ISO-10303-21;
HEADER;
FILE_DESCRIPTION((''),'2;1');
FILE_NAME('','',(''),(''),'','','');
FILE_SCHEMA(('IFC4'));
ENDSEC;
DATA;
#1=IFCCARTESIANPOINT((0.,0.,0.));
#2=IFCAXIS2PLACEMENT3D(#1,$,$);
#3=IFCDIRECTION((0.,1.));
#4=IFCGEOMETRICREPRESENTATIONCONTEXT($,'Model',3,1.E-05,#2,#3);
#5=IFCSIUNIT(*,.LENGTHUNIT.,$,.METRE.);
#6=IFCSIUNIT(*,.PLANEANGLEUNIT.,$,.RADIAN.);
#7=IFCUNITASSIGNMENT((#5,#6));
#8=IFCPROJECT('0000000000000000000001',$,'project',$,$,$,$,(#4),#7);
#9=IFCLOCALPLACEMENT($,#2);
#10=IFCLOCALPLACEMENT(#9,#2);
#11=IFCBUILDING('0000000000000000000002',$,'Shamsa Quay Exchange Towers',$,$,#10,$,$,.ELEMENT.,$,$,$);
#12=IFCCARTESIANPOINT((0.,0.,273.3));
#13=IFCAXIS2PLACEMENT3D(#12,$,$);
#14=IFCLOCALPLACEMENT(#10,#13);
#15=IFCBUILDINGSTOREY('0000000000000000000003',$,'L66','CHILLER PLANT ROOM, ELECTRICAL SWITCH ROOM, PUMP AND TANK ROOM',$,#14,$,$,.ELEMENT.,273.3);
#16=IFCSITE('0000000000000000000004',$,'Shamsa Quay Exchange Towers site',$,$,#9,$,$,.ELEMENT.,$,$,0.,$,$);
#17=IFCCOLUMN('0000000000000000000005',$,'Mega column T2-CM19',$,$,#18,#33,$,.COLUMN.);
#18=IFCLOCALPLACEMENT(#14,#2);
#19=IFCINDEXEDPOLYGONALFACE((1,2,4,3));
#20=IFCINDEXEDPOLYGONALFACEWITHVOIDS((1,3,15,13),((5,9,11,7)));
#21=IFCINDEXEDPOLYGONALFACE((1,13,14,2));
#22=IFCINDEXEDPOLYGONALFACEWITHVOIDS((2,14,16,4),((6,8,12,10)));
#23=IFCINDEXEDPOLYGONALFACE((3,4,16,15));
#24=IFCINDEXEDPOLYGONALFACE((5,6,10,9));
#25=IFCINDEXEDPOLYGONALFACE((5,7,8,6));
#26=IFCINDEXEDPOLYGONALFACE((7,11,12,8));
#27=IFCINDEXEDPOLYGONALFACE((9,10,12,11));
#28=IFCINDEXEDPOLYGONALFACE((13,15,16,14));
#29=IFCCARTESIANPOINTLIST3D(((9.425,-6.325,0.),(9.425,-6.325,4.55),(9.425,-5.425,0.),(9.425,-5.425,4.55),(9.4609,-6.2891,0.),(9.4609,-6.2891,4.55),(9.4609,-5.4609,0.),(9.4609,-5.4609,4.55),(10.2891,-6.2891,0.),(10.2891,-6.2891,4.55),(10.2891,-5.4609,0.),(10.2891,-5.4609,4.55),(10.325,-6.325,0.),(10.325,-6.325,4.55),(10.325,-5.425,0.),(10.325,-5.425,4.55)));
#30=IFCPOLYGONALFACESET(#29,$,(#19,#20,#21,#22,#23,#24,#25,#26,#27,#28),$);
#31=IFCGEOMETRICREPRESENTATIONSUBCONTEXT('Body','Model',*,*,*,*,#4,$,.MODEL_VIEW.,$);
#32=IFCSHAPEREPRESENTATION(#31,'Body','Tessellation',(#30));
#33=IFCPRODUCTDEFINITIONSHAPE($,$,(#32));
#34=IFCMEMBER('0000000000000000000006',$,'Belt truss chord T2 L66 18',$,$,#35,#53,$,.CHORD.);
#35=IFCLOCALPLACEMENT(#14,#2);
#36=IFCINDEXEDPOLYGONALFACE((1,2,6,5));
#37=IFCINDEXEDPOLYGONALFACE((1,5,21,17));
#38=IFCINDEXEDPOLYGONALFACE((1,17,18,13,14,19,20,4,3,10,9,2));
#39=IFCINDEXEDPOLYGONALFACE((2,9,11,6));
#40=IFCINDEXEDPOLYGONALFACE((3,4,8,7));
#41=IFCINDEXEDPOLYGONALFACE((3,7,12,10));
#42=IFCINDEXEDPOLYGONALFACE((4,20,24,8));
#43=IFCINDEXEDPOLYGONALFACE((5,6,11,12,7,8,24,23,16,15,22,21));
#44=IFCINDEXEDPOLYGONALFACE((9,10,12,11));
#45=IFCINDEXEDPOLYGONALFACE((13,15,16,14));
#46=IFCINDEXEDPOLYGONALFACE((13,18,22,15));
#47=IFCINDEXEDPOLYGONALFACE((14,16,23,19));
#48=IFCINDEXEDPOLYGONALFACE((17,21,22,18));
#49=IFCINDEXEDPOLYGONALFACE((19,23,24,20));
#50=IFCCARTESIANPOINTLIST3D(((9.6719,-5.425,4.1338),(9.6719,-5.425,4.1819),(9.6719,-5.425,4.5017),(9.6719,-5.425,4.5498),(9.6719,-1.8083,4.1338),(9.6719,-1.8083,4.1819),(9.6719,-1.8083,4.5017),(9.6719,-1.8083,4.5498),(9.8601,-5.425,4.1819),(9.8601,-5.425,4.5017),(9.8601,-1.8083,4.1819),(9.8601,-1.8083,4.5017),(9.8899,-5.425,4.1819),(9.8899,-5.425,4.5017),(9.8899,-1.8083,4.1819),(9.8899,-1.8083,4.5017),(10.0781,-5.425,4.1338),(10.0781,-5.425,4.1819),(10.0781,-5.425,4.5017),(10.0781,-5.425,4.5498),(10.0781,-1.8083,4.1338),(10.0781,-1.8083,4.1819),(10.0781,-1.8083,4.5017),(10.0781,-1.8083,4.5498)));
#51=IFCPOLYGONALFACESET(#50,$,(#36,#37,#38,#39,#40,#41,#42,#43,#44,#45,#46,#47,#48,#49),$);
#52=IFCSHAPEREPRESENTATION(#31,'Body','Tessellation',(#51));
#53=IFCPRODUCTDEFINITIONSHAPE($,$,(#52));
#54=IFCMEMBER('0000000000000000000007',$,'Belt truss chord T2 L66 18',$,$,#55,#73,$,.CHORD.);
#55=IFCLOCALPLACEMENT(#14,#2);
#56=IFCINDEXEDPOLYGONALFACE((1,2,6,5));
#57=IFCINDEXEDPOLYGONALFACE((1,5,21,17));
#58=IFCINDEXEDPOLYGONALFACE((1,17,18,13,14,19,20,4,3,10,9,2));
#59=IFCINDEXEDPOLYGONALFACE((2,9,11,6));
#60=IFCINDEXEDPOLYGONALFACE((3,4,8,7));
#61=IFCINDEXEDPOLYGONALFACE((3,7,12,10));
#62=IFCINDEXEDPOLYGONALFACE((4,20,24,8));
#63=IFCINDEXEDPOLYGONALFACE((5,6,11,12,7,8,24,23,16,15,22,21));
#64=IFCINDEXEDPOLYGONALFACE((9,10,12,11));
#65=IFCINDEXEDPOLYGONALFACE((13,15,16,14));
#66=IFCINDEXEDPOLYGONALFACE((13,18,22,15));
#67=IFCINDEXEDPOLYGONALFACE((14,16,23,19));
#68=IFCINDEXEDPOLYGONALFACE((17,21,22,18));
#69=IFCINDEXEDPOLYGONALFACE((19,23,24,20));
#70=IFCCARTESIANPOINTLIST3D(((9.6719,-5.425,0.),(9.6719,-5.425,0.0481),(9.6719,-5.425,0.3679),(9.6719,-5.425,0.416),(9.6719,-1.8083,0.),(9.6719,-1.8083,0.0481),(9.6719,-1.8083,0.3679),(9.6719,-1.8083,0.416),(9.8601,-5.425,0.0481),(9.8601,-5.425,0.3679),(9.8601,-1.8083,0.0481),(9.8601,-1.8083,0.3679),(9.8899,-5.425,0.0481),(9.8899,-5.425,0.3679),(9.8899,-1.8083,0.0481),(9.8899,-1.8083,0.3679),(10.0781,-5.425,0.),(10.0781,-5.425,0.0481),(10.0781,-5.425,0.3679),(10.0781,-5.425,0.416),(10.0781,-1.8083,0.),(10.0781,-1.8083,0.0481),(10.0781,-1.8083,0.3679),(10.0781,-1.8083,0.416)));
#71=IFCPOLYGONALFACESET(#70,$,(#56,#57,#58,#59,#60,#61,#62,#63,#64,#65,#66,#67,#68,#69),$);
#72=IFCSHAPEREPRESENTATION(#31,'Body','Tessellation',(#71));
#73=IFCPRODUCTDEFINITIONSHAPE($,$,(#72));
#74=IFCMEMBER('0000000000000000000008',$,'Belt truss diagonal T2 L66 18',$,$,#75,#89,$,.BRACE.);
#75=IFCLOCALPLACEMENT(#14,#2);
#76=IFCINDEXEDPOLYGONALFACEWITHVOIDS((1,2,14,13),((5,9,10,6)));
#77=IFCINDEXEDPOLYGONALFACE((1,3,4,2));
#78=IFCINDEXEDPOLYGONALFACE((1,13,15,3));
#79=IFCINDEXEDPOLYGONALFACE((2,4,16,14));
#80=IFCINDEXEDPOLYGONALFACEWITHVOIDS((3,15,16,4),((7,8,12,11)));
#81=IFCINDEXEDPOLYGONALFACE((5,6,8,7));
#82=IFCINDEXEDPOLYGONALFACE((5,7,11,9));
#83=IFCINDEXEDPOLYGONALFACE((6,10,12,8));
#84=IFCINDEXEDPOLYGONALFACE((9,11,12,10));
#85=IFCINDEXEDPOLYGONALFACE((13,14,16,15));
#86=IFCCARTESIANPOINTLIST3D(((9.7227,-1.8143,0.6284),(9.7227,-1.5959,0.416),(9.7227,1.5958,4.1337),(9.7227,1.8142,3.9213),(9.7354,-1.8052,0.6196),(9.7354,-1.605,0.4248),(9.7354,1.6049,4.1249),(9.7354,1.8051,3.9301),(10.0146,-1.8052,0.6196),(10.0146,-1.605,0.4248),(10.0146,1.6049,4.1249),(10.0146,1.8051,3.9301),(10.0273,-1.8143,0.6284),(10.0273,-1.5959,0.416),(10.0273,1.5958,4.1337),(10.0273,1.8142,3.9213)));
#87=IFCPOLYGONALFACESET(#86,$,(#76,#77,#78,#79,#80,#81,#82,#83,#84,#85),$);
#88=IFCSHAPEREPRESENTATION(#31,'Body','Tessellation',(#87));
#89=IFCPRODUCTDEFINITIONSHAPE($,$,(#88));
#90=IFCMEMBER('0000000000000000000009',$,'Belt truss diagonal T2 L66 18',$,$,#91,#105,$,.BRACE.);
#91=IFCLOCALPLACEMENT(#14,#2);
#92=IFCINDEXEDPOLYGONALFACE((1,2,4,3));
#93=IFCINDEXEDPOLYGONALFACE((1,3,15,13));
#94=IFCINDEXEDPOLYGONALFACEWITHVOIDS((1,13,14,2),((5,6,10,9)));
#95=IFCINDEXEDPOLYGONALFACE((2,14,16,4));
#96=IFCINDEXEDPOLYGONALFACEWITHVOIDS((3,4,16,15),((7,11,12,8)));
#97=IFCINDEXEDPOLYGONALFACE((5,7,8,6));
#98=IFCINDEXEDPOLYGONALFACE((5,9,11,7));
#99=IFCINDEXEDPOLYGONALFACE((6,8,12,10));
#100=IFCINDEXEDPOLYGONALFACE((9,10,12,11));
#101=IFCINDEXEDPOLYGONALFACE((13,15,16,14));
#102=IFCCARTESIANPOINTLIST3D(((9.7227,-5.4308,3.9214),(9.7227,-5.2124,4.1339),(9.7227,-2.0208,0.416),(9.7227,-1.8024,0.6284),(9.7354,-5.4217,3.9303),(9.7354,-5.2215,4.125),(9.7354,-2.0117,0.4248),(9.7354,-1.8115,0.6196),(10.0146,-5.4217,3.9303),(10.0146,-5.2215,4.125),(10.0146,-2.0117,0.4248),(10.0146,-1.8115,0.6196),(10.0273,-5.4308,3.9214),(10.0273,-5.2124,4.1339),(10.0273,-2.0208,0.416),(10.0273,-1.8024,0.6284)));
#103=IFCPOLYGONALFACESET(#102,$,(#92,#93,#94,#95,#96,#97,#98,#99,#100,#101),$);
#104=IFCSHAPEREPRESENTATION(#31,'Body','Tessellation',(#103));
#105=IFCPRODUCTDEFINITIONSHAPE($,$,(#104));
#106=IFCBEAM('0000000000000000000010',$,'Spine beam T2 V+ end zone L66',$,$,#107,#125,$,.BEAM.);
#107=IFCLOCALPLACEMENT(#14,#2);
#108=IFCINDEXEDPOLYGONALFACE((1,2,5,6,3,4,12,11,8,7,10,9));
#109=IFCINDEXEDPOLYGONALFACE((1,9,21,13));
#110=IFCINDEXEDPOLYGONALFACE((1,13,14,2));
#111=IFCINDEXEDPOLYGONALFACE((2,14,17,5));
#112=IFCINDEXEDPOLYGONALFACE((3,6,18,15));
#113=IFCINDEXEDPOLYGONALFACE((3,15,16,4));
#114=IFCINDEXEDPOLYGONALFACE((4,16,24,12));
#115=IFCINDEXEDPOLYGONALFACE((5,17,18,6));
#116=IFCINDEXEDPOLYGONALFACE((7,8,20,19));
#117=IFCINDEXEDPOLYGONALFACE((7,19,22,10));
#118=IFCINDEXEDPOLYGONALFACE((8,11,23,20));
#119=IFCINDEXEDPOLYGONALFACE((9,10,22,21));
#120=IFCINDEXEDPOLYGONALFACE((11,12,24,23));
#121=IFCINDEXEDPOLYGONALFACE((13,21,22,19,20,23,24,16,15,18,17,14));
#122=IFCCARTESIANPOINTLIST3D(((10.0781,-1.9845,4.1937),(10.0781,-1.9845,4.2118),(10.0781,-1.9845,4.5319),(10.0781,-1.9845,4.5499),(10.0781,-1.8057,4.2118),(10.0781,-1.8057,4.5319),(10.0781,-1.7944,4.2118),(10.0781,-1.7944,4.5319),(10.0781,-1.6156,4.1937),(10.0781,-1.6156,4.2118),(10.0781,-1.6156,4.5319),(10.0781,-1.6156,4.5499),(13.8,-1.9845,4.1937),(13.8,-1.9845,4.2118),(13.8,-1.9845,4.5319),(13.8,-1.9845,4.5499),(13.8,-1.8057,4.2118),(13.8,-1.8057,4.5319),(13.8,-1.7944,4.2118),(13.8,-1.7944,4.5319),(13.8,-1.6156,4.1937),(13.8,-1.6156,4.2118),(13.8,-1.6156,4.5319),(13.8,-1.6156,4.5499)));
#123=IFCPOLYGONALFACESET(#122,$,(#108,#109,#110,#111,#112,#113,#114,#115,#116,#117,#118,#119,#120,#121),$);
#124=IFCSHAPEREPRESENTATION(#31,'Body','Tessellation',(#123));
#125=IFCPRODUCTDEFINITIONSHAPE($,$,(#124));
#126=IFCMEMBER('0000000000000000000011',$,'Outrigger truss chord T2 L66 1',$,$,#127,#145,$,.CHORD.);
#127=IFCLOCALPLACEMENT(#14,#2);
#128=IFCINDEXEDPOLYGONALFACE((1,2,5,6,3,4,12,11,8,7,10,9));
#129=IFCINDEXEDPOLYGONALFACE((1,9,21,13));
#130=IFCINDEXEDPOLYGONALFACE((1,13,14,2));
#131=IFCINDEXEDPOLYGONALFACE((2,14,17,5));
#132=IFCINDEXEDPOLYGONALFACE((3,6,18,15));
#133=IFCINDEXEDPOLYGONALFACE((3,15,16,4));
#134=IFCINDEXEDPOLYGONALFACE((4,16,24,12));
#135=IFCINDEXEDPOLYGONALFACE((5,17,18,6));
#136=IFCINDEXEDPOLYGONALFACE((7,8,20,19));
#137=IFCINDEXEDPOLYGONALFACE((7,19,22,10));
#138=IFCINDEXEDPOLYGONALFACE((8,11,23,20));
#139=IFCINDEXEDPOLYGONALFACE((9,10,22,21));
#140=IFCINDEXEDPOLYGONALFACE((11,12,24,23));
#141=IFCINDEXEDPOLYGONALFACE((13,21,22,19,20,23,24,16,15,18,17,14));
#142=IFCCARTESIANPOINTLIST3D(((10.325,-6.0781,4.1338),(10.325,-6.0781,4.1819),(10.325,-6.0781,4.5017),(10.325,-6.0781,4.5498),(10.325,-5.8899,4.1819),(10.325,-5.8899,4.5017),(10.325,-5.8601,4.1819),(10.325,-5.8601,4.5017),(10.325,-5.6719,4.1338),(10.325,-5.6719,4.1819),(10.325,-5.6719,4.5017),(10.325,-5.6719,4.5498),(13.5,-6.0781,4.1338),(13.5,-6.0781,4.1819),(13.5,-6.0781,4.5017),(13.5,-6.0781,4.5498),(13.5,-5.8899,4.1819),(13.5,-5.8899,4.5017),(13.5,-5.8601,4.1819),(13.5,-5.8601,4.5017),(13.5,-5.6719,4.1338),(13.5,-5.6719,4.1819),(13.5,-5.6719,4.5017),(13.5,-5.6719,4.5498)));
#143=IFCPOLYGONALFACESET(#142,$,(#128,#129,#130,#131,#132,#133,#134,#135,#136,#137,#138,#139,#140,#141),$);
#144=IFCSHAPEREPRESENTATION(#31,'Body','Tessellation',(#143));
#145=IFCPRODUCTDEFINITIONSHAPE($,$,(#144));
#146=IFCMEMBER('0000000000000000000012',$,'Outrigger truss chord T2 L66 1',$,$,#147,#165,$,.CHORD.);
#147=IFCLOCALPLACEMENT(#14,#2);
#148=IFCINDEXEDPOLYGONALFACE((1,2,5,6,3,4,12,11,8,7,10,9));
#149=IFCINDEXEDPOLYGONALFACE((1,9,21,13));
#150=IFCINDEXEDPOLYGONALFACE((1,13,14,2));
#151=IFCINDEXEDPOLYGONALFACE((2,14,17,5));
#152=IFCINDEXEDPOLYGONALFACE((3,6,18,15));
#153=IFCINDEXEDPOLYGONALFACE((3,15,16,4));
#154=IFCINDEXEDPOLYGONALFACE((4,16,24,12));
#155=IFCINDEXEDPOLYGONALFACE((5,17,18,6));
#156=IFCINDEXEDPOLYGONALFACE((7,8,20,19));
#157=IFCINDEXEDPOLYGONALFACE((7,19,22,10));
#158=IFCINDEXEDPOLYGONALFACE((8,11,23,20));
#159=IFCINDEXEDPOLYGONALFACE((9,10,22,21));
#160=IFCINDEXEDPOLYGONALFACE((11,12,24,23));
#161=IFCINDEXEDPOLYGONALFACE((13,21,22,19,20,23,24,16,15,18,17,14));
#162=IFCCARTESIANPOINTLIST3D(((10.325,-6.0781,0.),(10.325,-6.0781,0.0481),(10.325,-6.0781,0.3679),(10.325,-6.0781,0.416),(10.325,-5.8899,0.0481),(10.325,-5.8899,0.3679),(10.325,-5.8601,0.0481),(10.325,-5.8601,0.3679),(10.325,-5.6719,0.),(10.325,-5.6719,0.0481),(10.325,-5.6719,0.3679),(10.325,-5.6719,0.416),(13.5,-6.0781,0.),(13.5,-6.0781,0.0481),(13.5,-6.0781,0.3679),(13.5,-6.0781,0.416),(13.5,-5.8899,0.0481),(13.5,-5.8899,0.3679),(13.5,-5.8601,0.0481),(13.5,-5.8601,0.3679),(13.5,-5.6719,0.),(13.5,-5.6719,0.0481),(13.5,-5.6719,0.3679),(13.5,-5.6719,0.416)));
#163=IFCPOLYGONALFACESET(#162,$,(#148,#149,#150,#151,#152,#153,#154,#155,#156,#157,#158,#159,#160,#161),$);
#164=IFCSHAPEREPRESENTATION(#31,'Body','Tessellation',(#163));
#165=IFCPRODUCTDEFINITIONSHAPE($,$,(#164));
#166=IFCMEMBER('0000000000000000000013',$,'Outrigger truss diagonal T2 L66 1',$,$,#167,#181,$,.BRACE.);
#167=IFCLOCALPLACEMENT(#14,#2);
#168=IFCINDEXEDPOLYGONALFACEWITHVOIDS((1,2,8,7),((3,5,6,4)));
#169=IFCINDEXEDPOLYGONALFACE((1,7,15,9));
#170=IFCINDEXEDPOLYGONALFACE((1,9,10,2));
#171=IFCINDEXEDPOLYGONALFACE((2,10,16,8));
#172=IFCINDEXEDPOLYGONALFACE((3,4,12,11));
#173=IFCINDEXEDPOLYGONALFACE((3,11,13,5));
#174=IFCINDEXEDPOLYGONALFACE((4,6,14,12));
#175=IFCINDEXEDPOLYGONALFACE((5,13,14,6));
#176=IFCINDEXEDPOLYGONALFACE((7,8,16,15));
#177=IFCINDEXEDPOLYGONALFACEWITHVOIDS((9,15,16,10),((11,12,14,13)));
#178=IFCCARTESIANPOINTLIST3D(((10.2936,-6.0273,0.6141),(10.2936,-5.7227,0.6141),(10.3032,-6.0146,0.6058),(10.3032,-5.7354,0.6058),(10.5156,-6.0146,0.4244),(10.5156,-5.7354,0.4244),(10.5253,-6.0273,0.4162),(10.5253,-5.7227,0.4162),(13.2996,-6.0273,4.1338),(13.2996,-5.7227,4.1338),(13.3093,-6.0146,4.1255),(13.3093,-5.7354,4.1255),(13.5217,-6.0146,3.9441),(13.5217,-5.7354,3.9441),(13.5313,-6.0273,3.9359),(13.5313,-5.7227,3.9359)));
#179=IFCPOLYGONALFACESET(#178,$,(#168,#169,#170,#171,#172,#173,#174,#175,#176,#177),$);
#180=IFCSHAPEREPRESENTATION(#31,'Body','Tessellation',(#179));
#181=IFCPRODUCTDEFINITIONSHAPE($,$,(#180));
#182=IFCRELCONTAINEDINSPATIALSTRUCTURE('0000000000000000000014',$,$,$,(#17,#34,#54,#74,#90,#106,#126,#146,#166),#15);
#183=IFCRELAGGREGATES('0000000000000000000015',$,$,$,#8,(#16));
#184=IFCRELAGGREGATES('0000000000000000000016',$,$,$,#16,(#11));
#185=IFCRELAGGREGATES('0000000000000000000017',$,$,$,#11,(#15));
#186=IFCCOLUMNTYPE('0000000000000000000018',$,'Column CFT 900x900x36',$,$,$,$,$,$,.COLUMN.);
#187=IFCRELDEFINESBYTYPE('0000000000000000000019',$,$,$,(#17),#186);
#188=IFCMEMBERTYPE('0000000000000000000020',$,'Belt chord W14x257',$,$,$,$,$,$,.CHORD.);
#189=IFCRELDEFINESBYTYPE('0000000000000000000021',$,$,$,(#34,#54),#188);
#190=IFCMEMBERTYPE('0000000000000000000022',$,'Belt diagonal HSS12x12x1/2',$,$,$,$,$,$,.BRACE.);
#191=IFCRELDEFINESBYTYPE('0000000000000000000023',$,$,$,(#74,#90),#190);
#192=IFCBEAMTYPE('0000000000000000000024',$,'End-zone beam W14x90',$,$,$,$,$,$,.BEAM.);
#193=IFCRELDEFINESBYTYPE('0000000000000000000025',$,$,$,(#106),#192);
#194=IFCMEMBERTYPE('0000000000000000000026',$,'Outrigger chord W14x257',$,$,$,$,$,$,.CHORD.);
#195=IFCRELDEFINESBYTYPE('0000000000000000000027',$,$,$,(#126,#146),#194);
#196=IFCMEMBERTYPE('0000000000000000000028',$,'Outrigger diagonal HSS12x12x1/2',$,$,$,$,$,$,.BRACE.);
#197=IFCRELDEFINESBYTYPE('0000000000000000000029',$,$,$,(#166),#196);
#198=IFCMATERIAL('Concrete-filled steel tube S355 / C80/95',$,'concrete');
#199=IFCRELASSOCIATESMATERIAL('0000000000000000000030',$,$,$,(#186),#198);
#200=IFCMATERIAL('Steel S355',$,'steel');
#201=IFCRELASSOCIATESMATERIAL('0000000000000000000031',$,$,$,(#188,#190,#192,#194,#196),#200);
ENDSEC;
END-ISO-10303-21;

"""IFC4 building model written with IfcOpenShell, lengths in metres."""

from ifc_helpers import new_model, si_unit, direction, frame, origin, origin_2d, place, context, subcontext, project, spatial, hollow_rectangle, i_section, extrude, material, material_profile, profile_set, type_object, element, save


model = new_model("IFC4")

# Units and contexts
model_context = context("Model", 3, precision=1e-05, world=origin(), true_north=direction((0.0, 1.0)))
body_context = subcontext(model_context, "Body", "Model", "MODEL_VIEW")
ifc_project = project(units=[si_unit("LENGTHUNIT", "METRE"), si_unit("PLANEANGLEUNIT", "RADIAN")], contexts=[model_context])

# Site, building, storey
site_placement = place(None, origin())
site = spatial("IfcSite", under=ifc_project, at=site_placement, Name="Shamsa Quay Exchange Towers site", CompositionType="ELEMENT", RefElevation=0.0)
building_placement = place(site_placement, origin())
building = spatial("IfcBuilding", under=site, at=building_placement, Name="Shamsa Quay Exchange Towers", CompositionType="ELEMENT")
storey_placement = place(building_placement, frame((0.0, 0.0, 273.3)))
storey = spatial("IfcBuildingStorey", under=building, at=storey_placement, Name="L66", Description="CHILLER PLANT ROOM, ELECTRICAL SWITCH ROOM, PUMP AND TANK ROOM", CompositionType="ELEMENT", Elevation=273.3)

# Column
ifc_material_1 = material(Name="Concrete-filled steel tube S355 / C80/95", Category="concrete")
ifc_material_profile_1 = material_profile(ifc_material_1, hollow_rectangle(XDim=0.8999, YDim=0.8999, WallThickness=0.0359, at=origin_2d()), Name="CFT 900x900x36")
ifc_profile_set_1 = profile_set([ifc_material_profile_1], Name="Concrete-filled steel tube S355 / C80/95")
column_type = type_object("IfcColumnType", Name="Column CFT 900x900x36", PredefinedType="COLUMN", material=ifc_profile_set_1)
column_placement = place(storey_placement, frame((9.875, -5.875, 0.0)))
element("IfcColumn", 1, at=column_placement, inside=storey, type_object=column_type, Name="Mega column T2-CM19", PredefinedType="COLUMN", context=body_context, shape_type="SweptSolid", body=[
    extrude(hollow_rectangle(XDim=0.8999, YDim=0.8999, WallThickness=0.0359, at=origin_2d()), origin(), (0.0, 0.0, 1.0), 4.55),
])

# Members
ifc_material_2 = material(Name="Steel S355", Category="steel")
ifc_material_profile_2 = material_profile(ifc_material_2, i_section(OverallWidth=0.4062, OverallDepth=0.416, WebThickness=0.0298, FlangeThickness=0.0481, at=origin_2d()), Name="W14x257")
ifc_profile_set_2 = profile_set([ifc_material_profile_2], Name="Steel S355")
member_type_1 = type_object("IfcMemberType", Name="Belt chord W14x257", PredefinedType="CHORD", material=ifc_profile_set_2)
for number, where, z_axis, x_axis, name in (
    (2, (9.875, -1.8083, 4.3418), (0.0, -1.0, 0.0), (1.0, 0.0, 0.0), "Belt truss chord T2 L66 18"),
    (3, (9.875, -1.8083, 0.208), (0.0, -1.0, 0.0), (1.0, 0.0, 0.0), "Belt truss chord T2 L66 18"),
):
    element("IfcMember", number, at=place(storey_placement, frame(where, z_axis=z_axis, x_axis=x_axis)), inside=storey, type_object=member_type_1, Name=name, PredefinedType="CHORD", context=body_context, shape_type="SweptSolid", body=[
        extrude(i_section(OverallWidth=0.4062, OverallDepth=0.416, WebThickness=0.0298, FlangeThickness=0.0481, at=origin_2d()), origin(), (0.0, 0.0, 1.0), 3.6167),
    ])
ifc_material_profile_3 = material_profile(ifc_material_2, hollow_rectangle(XDim=0.3047, YDim=0.3047, WallThickness=0.0127, at=origin_2d()), Name="HSS12x12x1/2")
ifc_profile_set_3 = profile_set([ifc_material_profile_3], Name="Steel S355")
member_type_2 = type_object("IfcMemberType", Name="Belt diagonal HSS12x12x1/2", PredefinedType="BRACE", material=ifc_profile_set_3)
for number, where, z_axis, x_axis, name in (
    (4, (9.875, -1.7051, 0.5222), (0.0, 0.697305, 0.716774), (-1.0, 0.0, 0.0), "Belt truss diagonal T2 L66 18"),
    (5, (9.875, -1.9116, 0.5222), (0.0, -0.697279, 0.716799), (1.0, 0.0, 0.0), "Belt truss diagonal T2 L66 18"),
):
    element("IfcMember", number, at=place(storey_placement, frame(where, z_axis=z_axis, x_axis=x_axis)), inside=storey, type_object=member_type_2, Name=name, PredefinedType="BRACE", context=body_context, shape_type="SweptSolid", body=[
        extrude(hollow_rectangle(XDim=0.3047, YDim=0.3047, WallThickness=0.0127, at=origin_2d()), origin(), (0.0, 0.0, 1.0), 4.8904),
    ])

# Beam
ifc_material_profile_4 = material_profile(ifc_material_2, i_section(OverallWidth=0.3689, OverallDepth=0.3562, WebThickness=0.0112, FlangeThickness=0.0181, at=origin_2d()), Name="W14x90")
ifc_profile_set_4 = profile_set([ifc_material_profile_4], Name="Steel S355")
beam_type = type_object("IfcBeamType", Name="End-zone beam W14x90", PredefinedType="BEAM", material=ifc_profile_set_4)
beam_placement = place(storey_placement, frame((13.8, -1.8, 4.3718), z_axis=(-1.0, 0.0, 0.0), x_axis=(0.0, -1.0, 0.0)))
element("IfcBeam", 6, at=beam_placement, inside=storey, type_object=beam_type, Name="Spine beam T2 V+ end zone L66", PredefinedType="BEAM", context=body_context, shape_type="SweptSolid", body=[
    extrude(i_section(OverallWidth=0.3689, OverallDepth=0.3562, WebThickness=0.0112, FlangeThickness=0.0181, at=origin_2d()), origin(), (0.0, 0.0, 1.0), 3.7219),
])

# Members
ifc_material_profile_5 = material_profile(ifc_material_2, i_section(OverallWidth=0.4062, OverallDepth=0.416, WebThickness=0.0298, FlangeThickness=0.0481, at=origin_2d()), Name="W14x257")
ifc_profile_set_5 = profile_set([ifc_material_profile_5], Name="Steel S355")
member_type_3 = type_object("IfcMemberType", Name="Outrigger chord W14x257", PredefinedType="CHORD", material=ifc_profile_set_5)
for number, where, z_axis, x_axis, name in (
    (7, (10.325, -5.875, 4.3418), (1.0, 0.0, 0.0), (0.0, 1.0, 0.0), "Outrigger truss chord T2 L66 1"),
    (8, (10.325, -5.875, 0.208), (1.0, 0.0, 0.0), (0.0, 1.0, 0.0), "Outrigger truss chord T2 L66 1"),
):
    element("IfcMember", number, at=place(storey_placement, frame(where, z_axis=z_axis, x_axis=x_axis)), inside=storey, type_object=member_type_3, Name=name, PredefinedType="CHORD", context=body_context, shape_type="SweptSolid", body=[
        extrude(i_section(OverallWidth=0.4062, OverallDepth=0.416, WebThickness=0.0298, FlangeThickness=0.0481, at=origin_2d()), origin(), (0.0, 0.0, 1.0), 3.175),
    ])
ifc_material_profile_6 = material_profile(ifc_material_2, hollow_rectangle(XDim=0.3047, YDim=0.3047, WallThickness=0.0127, at=origin_2d()), Name="HSS12x12x1/2")
ifc_profile_set_6 = profile_set([ifc_material_profile_6], Name="Steel S355")
member_type_4 = type_object("IfcMemberType", Name="Outrigger diagonal HSS12x12x1/2", PredefinedType="BRACE", material=ifc_profile_set_6)
member_placement = place(storey_placement, frame((10.4094, -5.875, 0.5151), z_axis=(0.649439, 0.0, 0.760413), x_axis=(0.0, 1.0, 0.0)))
element("IfcMember", 9, at=member_placement, inside=storey, type_object=member_type_4, Name="Outrigger truss diagonal T2 L66 1", PredefinedType="BRACE", context=body_context, shape_type="SweptSolid", body=[
    extrude(hollow_rectangle(XDim=0.3047, YDim=0.3047, WallThickness=0.0127, at=origin_2d()), origin(), (0.0, 0.0, 1.0), 4.6287),
])

save(model, "model.ifc")
